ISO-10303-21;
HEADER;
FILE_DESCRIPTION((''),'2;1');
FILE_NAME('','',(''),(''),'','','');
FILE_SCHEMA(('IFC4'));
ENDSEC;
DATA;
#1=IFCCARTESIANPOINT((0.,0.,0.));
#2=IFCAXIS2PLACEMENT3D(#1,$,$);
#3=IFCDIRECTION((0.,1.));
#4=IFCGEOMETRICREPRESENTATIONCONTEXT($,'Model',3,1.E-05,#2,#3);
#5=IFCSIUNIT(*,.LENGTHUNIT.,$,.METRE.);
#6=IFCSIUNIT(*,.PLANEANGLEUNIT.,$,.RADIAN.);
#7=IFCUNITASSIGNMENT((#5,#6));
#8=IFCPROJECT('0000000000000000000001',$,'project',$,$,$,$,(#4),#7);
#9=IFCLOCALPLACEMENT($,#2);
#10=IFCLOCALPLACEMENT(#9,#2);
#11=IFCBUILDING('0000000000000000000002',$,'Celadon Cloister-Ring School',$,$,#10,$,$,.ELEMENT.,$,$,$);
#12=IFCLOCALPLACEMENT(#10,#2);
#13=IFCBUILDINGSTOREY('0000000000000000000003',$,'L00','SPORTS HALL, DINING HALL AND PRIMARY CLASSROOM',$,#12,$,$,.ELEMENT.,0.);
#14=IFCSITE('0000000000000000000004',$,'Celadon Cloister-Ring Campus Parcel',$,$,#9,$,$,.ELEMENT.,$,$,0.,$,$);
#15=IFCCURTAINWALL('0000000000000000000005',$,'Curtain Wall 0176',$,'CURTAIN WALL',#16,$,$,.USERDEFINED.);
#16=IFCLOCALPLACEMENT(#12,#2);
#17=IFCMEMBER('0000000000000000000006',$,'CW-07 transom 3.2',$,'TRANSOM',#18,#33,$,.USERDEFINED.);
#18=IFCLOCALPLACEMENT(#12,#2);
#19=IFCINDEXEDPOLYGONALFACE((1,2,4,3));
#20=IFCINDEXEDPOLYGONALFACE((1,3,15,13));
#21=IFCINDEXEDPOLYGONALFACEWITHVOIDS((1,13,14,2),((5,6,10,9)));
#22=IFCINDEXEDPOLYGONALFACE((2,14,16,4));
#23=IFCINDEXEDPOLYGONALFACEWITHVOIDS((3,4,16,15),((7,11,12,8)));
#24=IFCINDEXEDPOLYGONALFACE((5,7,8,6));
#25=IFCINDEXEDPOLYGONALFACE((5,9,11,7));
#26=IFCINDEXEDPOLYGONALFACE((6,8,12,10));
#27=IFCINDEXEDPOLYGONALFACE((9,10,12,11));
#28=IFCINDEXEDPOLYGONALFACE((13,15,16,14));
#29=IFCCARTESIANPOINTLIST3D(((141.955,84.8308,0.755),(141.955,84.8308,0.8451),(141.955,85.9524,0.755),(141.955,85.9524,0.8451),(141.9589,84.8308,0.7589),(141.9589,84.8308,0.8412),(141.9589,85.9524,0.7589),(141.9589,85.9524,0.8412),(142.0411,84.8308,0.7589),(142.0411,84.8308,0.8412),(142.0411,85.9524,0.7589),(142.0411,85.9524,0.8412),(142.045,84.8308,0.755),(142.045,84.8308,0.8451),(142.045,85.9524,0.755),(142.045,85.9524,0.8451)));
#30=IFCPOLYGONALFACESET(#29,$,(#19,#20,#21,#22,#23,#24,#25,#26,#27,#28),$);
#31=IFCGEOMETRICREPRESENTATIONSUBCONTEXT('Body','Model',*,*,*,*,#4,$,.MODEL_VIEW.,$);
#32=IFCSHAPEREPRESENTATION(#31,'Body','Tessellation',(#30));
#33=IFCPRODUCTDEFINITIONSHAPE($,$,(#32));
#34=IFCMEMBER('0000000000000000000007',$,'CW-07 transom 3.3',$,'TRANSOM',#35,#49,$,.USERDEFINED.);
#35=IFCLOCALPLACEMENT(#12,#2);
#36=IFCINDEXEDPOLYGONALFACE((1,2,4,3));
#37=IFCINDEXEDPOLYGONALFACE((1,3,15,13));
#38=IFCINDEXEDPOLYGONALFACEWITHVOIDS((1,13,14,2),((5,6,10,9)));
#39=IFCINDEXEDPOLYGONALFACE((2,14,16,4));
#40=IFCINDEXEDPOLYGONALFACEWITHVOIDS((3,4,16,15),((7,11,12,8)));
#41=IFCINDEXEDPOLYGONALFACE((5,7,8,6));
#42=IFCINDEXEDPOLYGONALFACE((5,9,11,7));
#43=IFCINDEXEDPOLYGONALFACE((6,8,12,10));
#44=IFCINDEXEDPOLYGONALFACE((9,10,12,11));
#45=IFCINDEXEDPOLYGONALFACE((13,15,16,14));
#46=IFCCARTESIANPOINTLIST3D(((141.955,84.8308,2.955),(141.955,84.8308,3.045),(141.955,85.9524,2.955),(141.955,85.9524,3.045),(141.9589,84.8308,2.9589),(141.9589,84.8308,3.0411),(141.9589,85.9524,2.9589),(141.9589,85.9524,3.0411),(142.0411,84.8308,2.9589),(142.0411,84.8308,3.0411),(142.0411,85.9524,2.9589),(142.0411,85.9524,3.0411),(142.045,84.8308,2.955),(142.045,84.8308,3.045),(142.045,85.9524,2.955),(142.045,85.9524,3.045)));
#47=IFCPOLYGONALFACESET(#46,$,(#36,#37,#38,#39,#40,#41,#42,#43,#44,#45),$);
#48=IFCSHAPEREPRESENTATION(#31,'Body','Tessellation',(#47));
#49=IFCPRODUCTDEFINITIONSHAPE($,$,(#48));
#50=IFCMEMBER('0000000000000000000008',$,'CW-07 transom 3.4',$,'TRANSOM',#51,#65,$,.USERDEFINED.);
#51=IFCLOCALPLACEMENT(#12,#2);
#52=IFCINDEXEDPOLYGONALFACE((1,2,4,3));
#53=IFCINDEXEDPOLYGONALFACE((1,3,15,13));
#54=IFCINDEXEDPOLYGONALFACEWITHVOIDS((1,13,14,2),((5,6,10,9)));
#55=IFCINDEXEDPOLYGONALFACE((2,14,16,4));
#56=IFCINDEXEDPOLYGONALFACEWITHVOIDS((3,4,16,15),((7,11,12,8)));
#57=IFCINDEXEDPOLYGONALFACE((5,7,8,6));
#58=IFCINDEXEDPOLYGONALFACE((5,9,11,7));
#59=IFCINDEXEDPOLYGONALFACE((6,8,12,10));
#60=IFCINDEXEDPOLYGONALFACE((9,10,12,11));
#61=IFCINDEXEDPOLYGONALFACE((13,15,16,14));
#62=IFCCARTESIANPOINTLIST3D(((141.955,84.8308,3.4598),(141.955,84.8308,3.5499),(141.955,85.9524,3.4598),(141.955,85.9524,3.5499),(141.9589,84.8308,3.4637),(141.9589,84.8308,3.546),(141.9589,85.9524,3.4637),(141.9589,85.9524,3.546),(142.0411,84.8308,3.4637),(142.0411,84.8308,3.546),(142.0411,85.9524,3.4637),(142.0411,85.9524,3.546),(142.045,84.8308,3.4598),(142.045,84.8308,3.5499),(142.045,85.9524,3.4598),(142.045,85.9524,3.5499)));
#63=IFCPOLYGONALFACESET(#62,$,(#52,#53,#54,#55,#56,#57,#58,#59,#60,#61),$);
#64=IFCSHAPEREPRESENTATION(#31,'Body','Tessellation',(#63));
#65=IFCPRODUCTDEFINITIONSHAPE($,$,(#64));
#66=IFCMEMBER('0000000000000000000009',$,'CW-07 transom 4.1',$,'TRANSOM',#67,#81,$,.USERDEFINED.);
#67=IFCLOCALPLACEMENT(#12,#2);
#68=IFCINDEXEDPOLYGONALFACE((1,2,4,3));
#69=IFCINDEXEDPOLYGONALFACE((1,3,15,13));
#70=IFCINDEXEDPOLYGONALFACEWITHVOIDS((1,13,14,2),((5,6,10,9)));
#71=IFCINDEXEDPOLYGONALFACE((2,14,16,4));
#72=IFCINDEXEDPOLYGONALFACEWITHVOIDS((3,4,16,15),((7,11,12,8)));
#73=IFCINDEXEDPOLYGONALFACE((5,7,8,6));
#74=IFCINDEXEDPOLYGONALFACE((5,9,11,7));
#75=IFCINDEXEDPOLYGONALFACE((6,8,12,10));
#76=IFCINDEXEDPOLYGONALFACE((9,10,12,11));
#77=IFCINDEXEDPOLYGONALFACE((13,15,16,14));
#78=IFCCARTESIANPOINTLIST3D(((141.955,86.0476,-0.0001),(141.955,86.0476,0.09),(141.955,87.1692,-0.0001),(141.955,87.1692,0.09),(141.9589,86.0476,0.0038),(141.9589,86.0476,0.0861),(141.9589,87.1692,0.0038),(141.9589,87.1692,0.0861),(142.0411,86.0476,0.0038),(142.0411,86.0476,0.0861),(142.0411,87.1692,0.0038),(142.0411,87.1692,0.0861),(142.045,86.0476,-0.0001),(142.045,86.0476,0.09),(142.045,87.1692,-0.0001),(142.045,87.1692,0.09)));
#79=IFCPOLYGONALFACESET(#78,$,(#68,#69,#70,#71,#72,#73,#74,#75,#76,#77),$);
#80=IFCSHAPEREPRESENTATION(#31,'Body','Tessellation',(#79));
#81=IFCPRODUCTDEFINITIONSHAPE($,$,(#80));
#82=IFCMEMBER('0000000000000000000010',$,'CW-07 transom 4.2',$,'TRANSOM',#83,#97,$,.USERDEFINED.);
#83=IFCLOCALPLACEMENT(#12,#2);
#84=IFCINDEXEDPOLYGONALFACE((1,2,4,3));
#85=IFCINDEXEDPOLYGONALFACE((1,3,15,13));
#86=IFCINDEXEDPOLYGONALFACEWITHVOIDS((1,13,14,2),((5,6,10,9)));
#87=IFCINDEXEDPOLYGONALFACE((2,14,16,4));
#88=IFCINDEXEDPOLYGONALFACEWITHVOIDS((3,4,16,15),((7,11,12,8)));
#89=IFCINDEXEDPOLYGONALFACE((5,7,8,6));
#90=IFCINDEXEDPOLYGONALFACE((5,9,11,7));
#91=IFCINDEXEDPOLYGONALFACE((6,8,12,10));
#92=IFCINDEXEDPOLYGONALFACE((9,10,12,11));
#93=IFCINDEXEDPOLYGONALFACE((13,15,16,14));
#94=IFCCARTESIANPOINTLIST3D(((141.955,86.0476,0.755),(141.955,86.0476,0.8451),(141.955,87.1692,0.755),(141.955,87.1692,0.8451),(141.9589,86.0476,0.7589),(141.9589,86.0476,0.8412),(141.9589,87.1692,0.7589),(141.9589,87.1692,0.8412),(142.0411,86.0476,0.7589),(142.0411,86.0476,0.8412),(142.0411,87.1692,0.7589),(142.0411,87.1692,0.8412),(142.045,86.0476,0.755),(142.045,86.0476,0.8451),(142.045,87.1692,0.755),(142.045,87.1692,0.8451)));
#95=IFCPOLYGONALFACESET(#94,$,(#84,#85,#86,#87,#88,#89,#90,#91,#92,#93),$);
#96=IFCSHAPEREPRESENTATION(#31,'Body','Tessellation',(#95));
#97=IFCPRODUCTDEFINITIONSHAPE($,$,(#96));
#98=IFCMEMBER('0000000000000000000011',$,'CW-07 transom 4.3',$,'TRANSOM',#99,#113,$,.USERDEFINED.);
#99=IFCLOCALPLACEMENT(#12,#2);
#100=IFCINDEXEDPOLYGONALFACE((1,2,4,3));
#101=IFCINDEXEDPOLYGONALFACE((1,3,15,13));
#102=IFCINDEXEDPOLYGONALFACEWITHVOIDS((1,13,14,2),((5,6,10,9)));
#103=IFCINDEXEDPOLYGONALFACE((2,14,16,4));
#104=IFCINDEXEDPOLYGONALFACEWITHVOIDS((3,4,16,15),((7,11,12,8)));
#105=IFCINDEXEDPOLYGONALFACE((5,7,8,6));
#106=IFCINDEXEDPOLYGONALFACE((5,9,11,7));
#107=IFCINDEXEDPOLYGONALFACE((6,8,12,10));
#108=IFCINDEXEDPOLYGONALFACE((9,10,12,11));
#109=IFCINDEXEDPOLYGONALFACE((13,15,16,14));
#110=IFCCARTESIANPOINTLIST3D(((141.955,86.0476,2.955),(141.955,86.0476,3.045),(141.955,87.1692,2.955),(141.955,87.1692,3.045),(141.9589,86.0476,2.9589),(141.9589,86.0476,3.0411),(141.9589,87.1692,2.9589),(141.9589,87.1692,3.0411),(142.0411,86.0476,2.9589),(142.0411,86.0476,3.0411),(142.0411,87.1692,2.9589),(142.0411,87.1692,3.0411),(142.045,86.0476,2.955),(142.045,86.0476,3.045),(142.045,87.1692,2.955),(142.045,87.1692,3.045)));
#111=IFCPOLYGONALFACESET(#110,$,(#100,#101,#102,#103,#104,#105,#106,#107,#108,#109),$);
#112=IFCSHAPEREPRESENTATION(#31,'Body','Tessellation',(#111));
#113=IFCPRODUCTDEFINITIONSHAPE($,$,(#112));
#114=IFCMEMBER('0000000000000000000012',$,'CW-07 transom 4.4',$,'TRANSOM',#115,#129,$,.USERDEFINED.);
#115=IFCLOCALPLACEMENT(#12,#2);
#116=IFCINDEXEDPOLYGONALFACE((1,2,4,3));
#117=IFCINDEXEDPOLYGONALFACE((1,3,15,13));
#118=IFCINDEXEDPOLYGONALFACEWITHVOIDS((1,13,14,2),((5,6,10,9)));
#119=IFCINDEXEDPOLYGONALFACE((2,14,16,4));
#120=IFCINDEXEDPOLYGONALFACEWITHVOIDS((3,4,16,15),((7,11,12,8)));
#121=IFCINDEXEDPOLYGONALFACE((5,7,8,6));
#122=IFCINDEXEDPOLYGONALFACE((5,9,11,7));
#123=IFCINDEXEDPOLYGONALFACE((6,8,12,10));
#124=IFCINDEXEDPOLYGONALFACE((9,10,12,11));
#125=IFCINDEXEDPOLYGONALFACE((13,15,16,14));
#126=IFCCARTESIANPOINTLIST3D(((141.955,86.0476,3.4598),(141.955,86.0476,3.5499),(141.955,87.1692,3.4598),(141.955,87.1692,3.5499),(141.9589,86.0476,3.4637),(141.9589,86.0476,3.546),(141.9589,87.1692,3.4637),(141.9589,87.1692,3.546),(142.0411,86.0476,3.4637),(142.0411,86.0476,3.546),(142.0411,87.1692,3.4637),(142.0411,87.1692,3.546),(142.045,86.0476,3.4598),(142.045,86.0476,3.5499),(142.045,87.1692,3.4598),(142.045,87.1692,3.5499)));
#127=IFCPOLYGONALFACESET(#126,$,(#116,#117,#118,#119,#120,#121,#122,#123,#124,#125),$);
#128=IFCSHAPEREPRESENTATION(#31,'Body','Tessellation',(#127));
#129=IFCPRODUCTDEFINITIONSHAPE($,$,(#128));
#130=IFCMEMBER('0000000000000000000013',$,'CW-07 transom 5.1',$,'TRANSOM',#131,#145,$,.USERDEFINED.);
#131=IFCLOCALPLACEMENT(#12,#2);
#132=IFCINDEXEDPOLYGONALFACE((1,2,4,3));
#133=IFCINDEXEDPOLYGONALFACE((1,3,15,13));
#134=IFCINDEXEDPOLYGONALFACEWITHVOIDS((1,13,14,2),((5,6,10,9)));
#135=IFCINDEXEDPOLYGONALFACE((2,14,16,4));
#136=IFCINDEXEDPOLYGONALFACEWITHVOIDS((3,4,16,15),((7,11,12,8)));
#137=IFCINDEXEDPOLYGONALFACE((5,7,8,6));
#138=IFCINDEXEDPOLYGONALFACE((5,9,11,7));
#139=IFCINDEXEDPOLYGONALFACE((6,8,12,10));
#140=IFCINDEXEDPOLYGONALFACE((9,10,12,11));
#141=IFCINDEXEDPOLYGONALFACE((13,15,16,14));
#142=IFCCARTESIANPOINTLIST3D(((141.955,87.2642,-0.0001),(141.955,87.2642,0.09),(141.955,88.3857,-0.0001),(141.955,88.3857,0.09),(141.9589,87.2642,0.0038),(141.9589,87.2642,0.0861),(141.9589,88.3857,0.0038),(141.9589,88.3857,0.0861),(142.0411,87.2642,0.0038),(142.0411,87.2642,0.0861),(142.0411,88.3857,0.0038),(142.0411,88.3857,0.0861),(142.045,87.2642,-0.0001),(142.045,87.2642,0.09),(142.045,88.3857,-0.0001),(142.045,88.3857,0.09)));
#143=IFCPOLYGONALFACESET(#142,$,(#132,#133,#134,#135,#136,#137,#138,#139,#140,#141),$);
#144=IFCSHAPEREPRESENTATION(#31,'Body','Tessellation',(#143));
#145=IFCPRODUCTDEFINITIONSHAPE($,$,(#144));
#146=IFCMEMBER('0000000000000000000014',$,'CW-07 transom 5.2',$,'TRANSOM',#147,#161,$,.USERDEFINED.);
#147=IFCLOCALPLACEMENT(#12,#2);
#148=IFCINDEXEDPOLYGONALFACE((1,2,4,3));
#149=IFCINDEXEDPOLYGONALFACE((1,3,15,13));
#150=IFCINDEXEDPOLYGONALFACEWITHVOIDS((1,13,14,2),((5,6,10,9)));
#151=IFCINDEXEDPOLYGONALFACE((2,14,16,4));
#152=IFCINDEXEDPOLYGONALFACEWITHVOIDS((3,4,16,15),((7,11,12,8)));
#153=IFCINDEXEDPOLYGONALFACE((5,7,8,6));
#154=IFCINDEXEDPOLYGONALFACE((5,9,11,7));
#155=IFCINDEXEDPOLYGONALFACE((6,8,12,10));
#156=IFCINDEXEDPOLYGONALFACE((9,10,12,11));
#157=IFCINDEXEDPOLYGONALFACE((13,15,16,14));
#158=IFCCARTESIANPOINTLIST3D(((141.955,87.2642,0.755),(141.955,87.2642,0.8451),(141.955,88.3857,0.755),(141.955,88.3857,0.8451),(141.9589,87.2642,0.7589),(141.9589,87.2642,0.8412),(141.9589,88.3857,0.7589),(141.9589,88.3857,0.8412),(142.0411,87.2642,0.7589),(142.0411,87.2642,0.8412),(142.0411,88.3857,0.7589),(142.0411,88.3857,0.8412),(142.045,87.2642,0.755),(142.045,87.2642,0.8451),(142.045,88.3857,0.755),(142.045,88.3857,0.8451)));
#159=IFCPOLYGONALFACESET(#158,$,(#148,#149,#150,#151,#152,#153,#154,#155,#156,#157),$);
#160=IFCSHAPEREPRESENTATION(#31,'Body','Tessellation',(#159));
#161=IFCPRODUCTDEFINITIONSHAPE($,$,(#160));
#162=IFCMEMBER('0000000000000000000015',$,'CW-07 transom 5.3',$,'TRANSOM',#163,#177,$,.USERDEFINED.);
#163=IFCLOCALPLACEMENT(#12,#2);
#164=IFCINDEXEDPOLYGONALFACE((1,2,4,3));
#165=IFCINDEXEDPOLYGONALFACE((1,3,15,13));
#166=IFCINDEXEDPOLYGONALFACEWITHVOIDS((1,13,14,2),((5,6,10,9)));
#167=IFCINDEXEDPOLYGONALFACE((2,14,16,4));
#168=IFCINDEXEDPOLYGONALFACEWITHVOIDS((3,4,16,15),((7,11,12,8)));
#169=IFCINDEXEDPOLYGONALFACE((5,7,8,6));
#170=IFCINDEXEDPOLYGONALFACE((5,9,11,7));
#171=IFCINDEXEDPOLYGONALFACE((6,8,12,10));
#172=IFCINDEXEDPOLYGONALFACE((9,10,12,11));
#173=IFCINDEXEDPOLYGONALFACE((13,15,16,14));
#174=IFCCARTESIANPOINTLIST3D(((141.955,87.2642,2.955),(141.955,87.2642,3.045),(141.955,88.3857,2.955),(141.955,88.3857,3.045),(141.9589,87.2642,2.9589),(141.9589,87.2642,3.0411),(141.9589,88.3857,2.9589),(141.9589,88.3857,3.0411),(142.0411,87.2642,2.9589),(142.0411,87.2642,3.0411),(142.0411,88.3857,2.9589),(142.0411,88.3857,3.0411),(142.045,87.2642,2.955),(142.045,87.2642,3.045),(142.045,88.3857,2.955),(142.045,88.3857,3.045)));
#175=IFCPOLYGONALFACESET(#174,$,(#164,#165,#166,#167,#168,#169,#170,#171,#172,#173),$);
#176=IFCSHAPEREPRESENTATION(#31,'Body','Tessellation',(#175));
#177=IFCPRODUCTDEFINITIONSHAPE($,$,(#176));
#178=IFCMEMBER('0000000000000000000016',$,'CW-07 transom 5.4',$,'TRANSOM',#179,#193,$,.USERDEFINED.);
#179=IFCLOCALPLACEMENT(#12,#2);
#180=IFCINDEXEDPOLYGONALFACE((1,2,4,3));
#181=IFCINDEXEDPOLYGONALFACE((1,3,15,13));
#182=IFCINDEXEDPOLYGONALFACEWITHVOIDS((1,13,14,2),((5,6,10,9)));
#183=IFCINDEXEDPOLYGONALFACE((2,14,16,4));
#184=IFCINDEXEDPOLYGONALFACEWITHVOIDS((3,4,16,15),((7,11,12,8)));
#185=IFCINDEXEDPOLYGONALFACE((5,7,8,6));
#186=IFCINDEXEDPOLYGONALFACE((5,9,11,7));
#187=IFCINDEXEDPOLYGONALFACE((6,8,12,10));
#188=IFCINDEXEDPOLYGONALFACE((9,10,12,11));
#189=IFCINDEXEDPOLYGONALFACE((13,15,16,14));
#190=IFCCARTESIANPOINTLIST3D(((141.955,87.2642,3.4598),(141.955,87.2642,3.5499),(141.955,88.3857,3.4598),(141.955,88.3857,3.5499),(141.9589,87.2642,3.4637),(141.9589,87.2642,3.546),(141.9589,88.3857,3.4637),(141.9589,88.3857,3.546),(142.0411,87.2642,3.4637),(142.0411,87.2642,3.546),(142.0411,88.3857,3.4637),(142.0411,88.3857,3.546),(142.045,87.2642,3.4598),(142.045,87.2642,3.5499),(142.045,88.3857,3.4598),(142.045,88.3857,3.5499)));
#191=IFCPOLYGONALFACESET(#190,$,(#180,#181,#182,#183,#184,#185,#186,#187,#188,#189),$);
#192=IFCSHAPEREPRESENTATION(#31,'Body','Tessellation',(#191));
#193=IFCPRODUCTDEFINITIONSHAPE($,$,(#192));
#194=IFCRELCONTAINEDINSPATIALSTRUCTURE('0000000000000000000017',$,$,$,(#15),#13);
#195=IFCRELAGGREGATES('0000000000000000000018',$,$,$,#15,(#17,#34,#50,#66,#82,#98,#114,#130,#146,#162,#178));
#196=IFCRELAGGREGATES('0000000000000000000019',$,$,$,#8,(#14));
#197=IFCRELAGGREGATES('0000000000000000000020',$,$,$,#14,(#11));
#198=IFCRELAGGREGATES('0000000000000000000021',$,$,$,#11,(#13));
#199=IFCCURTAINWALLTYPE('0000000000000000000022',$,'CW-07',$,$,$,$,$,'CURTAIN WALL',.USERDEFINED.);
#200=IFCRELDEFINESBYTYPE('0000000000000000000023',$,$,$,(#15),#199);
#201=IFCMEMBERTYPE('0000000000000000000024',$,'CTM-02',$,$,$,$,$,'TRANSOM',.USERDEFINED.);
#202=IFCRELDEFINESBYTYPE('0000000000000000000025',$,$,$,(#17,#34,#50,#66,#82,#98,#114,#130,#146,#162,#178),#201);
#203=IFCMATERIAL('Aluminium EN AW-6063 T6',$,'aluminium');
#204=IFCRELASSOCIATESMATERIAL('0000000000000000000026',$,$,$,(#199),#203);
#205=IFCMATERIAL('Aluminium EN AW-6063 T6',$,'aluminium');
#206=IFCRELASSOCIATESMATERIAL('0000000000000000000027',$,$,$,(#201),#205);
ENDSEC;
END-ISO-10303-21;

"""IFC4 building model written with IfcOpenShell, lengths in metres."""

from ifc_helpers import new_model, si_unit, direction, frame, origin, origin_2d, place, context, subcontext, project, spatial, hollow_rectangle, extrude, material, material_profile, profile_set, type_object, element, aggregate, save


model = new_model("IFC4")

# Units and contexts
model_context = context("Model", 3, precision=1e-05, world=origin(), true_north=direction((0.0, 1.0)))
body_context = subcontext(model_context, "Body", "Model", "MODEL_VIEW")
ifc_project = project(units=[si_unit("LENGTHUNIT", "METRE"), si_unit("PLANEANGLEUNIT", "RADIAN")], contexts=[model_context])

# Site, building, storey
site_placement = place(None, origin())
site = spatial("IfcSite", under=ifc_project, at=site_placement, Name="Celadon Cloister-Ring Campus Parcel", CompositionType="ELEMENT", RefElevation=0.0)
building_placement = place(site_placement, origin())
building = spatial("IfcBuilding", under=site, at=building_placement, Name="Celadon Cloister-Ring School", CompositionType="ELEMENT")
storey_placement = place(building_placement, origin())
storey = spatial("IfcBuildingStorey", under=building, at=storey_placement, Name="L00", Description="SPORTS HALL, DINING HALL AND PRIMARY CLASSROOM", CompositionType="ELEMENT", Elevation=0.0)

# Curtain wall, members
ifc_material_1 = material(Name="Aluminium EN AW-6063 T6", Category="aluminium")
curtain_wall_type = type_object("IfcCurtainWallType", Name="CW-07", ElementType="CURTAIN WALL", PredefinedType="USERDEFINED", material=ifc_material_1)
curtain_wall_placement = place(storey_placement, origin())
curtain_wall = element("IfcCurtainWall", 1, at=curtain_wall_placement, inside=storey, type_object=curtain_wall_type, Name="Curtain Wall 0176", ObjectType="CURTAIN WALL", PredefinedType="USERDEFINED")
ifc_material_2 = material(Name="Aluminium EN AW-6063 T6", Category="aluminium")
ifc_material_profile_1 = material_profile(ifc_material_2, hollow_rectangle(XDim=0.0901, YDim=0.0901, WallThickness=0.0039, at=origin_2d()), Name="RHS90X90X4")
ifc_profile_set_1 = profile_set([ifc_material_profile_1], Name="Aluminium EN AW-6063 T6")
member_type_1 = type_object("IfcMemberType", Name="CTM-02", ElementType="TRANSOM", PredefinedType="USERDEFINED", material=ifc_profile_set_1)
member_1_placement = place(storey_placement, frame((142.0, 84.8308, 0.8), z_axis=(0.0, 1.0, 0.0), x_axis=(-1.0, 0.0, 0.0)))
member_1 = element("IfcMember", 2, at=member_1_placement, type_object=member_type_1, Name="CW-07 transom 3.2", ObjectType="TRANSOM", PredefinedType="USERDEFINED", context=body_context, shape_type="SweptSolid", body=[
    extrude(hollow_rectangle(XDim=0.0901, YDim=0.0901, WallThickness=0.0039, at=origin_2d()), origin(), (0.0, 0.0, 1.0), 1.1216),
])
member_2_placement = place(storey_placement, frame((142.0, 84.8308, 3.0), z_axis=(0.0, 1.0, 0.0), x_axis=(-1.0, 0.0, 0.0)))
member_2 = element("IfcMember", 3, at=member_2_placement, type_object=member_type_1, Name="CW-07 transom 3.3", ObjectType="TRANSOM", PredefinedType="USERDEFINED", context=body_context, shape_type="SweptSolid", body=[
    extrude(hollow_rectangle(XDim=0.0901, YDim=0.0901, WallThickness=0.0039, at=origin_2d()), origin(), (0.0, 0.0, 1.0), 1.1216),
])
member_3_placement = place(storey_placement, frame((142.0, 84.8308, 3.5049), z_axis=(0.0, 1.0, 0.0), x_axis=(-1.0, 0.0, 0.0)))
member_3 = element("IfcMember", 4, at=member_3_placement, type_object=member_type_1, Name="CW-07 transom 3.4", ObjectType="TRANSOM", PredefinedType="USERDEFINED", context=body_context, shape_type="SweptSolid", body=[
    extrude(hollow_rectangle(XDim=0.0901, YDim=0.0901, WallThickness=0.0039, at=origin_2d()), origin(), (0.0, 0.0, 1.0), 1.1216),
])
member_4_placement = place(storey_placement, frame((142.0, 86.0476, 0.0449), z_axis=(0.0, 1.0, 0.0), x_axis=(-1.0, 0.0, 0.0)))
member_4 = element("IfcMember", 5, at=member_4_placement, type_object=member_type_1, Name="CW-07 transom 4.1", ObjectType="TRANSOM", PredefinedType="USERDEFINED", context=body_context, shape_type="SweptSolid", body=[
    extrude(hollow_rectangle(XDim=0.0901, YDim=0.0901, WallThickness=0.0039, at=origin_2d()), origin(), (0.0, 0.0, 1.0), 1.1216),
])
member_5_placement = place(storey_placement, frame((142.0, 86.0476, 0.8), z_axis=(0.0, 1.0, 0.0), x_axis=(-1.0, 0.0, 0.0)))
member_5 = element("IfcMember", 6, at=member_5_placement, type_object=member_type_1, Name="CW-07 transom 4.2", ObjectType="TRANSOM", PredefinedType="USERDEFINED", context=body_context, shape_type="SweptSolid", body=[
    extrude(hollow_rectangle(XDim=0.0901, YDim=0.0901, WallThickness=0.0039, at=origin_2d()), origin(), (0.0, 0.0, 1.0), 1.1216),
])
member_6_placement = place(storey_placement, frame((142.0, 86.0476, 3.0), z_axis=(0.0, 1.0, 0.0), x_axis=(-1.0, 0.0, 0.0)))
member_6 = element("IfcMember", 7, at=member_6_placement, type_object=member_type_1, Name="CW-07 transom 4.3", ObjectType="TRANSOM", PredefinedType="USERDEFINED", context=body_context, shape_type="SweptSolid", body=[
    extrude(hollow_rectangle(XDim=0.0901, YDim=0.0901, WallThickness=0.0039, at=origin_2d()), origin(), (0.0, 0.0, 1.0), 1.1216),
])
member_7_placement = place(storey_placement, frame((142.0, 86.0476, 3.5049), z_axis=(0.0, 1.0, 0.0), x_axis=(-1.0, 0.0, 0.0)))
member_7 = element("IfcMember", 8, at=member_7_placement, type_object=member_type_1, Name="CW-07 transom 4.4", ObjectType="TRANSOM", PredefinedType="USERDEFINED", context=body_context, shape_type="SweptSolid", body=[
    extrude(hollow_rectangle(XDim=0.0901, YDim=0.0901, WallThickness=0.0039, at=origin_2d()), origin(), (0.0, 0.0, 1.0), 1.1216),
])
member_8_placement = place(storey_placement, frame((142.0, 87.2642, 0.0449), z_axis=(0.0, 1.0, 0.0), x_axis=(-1.0, 0.0, 0.0)))
member_8 = element("IfcMember", 9, at=member_8_placement, type_object=member_type_1, Name="CW-07 transom 5.1", ObjectType="TRANSOM", PredefinedType="USERDEFINED", context=body_context, shape_type="SweptSolid", body=[
    extrude(hollow_rectangle(XDim=0.0901, YDim=0.0901, WallThickness=0.0039, at=origin_2d()), origin(), (0.0, 0.0, 1.0), 1.1216),
])
member_9_placement = place(storey_placement, frame((142.0, 87.2642, 0.8), z_axis=(0.0, 1.0, 0.0), x_axis=(-1.0, 0.0, 0.0)))
member_9 = element("IfcMember", 10, at=member_9_placement, type_object=member_type_1, Name="CW-07 transom 5.2", ObjectType="TRANSOM", PredefinedType="USERDEFINED", context=body_context, shape_type="SweptSolid", body=[
    extrude(hollow_rectangle(XDim=0.0901, YDim=0.0901, WallThickness=0.0039, at=origin_2d()), origin(), (0.0, 0.0, 1.0), 1.1216),
])
member_10_placement = place(storey_placement, frame((142.0, 87.2642, 3.0), z_axis=(0.0, 1.0, 0.0), x_axis=(-1.0, 0.0, 0.0)))
member_10 = element("IfcMember", 11, at=member_10_placement, type_object=member_type_1, Name="CW-07 transom 5.3", ObjectType="TRANSOM", PredefinedType="USERDEFINED", context=body_context, shape_type="SweptSolid", body=[
    extrude(hollow_rectangle(XDim=0.0901, YDim=0.0901, WallThickness=0.0039, at=origin_2d()), origin(), (0.0, 0.0, 1.0), 1.1216),
])
member_11_placement = place(storey_placement, frame((142.0, 87.2642, 3.5049), z_axis=(0.0, 1.0, 0.0), x_axis=(-1.0, 0.0, 0.0)))
member_11 = element("IfcMember", 12, at=member_11_placement, type_object=member_type_1, Name="CW-07 transom 5.4", ObjectType="TRANSOM", PredefinedType="USERDEFINED", context=body_context, shape_type="SweptSolid", body=[
    extrude(hollow_rectangle(XDim=0.0901, YDim=0.0901, WallThickness=0.0039, at=origin_2d()), origin(), (0.0, 0.0, 1.0), 1.1216),
])
aggregate(curtain_wall, [member_1, member_2, member_3, member_4, member_5, member_6, member_7, member_8, member_9, member_10, member_11])

save(model, "model.ifc")
